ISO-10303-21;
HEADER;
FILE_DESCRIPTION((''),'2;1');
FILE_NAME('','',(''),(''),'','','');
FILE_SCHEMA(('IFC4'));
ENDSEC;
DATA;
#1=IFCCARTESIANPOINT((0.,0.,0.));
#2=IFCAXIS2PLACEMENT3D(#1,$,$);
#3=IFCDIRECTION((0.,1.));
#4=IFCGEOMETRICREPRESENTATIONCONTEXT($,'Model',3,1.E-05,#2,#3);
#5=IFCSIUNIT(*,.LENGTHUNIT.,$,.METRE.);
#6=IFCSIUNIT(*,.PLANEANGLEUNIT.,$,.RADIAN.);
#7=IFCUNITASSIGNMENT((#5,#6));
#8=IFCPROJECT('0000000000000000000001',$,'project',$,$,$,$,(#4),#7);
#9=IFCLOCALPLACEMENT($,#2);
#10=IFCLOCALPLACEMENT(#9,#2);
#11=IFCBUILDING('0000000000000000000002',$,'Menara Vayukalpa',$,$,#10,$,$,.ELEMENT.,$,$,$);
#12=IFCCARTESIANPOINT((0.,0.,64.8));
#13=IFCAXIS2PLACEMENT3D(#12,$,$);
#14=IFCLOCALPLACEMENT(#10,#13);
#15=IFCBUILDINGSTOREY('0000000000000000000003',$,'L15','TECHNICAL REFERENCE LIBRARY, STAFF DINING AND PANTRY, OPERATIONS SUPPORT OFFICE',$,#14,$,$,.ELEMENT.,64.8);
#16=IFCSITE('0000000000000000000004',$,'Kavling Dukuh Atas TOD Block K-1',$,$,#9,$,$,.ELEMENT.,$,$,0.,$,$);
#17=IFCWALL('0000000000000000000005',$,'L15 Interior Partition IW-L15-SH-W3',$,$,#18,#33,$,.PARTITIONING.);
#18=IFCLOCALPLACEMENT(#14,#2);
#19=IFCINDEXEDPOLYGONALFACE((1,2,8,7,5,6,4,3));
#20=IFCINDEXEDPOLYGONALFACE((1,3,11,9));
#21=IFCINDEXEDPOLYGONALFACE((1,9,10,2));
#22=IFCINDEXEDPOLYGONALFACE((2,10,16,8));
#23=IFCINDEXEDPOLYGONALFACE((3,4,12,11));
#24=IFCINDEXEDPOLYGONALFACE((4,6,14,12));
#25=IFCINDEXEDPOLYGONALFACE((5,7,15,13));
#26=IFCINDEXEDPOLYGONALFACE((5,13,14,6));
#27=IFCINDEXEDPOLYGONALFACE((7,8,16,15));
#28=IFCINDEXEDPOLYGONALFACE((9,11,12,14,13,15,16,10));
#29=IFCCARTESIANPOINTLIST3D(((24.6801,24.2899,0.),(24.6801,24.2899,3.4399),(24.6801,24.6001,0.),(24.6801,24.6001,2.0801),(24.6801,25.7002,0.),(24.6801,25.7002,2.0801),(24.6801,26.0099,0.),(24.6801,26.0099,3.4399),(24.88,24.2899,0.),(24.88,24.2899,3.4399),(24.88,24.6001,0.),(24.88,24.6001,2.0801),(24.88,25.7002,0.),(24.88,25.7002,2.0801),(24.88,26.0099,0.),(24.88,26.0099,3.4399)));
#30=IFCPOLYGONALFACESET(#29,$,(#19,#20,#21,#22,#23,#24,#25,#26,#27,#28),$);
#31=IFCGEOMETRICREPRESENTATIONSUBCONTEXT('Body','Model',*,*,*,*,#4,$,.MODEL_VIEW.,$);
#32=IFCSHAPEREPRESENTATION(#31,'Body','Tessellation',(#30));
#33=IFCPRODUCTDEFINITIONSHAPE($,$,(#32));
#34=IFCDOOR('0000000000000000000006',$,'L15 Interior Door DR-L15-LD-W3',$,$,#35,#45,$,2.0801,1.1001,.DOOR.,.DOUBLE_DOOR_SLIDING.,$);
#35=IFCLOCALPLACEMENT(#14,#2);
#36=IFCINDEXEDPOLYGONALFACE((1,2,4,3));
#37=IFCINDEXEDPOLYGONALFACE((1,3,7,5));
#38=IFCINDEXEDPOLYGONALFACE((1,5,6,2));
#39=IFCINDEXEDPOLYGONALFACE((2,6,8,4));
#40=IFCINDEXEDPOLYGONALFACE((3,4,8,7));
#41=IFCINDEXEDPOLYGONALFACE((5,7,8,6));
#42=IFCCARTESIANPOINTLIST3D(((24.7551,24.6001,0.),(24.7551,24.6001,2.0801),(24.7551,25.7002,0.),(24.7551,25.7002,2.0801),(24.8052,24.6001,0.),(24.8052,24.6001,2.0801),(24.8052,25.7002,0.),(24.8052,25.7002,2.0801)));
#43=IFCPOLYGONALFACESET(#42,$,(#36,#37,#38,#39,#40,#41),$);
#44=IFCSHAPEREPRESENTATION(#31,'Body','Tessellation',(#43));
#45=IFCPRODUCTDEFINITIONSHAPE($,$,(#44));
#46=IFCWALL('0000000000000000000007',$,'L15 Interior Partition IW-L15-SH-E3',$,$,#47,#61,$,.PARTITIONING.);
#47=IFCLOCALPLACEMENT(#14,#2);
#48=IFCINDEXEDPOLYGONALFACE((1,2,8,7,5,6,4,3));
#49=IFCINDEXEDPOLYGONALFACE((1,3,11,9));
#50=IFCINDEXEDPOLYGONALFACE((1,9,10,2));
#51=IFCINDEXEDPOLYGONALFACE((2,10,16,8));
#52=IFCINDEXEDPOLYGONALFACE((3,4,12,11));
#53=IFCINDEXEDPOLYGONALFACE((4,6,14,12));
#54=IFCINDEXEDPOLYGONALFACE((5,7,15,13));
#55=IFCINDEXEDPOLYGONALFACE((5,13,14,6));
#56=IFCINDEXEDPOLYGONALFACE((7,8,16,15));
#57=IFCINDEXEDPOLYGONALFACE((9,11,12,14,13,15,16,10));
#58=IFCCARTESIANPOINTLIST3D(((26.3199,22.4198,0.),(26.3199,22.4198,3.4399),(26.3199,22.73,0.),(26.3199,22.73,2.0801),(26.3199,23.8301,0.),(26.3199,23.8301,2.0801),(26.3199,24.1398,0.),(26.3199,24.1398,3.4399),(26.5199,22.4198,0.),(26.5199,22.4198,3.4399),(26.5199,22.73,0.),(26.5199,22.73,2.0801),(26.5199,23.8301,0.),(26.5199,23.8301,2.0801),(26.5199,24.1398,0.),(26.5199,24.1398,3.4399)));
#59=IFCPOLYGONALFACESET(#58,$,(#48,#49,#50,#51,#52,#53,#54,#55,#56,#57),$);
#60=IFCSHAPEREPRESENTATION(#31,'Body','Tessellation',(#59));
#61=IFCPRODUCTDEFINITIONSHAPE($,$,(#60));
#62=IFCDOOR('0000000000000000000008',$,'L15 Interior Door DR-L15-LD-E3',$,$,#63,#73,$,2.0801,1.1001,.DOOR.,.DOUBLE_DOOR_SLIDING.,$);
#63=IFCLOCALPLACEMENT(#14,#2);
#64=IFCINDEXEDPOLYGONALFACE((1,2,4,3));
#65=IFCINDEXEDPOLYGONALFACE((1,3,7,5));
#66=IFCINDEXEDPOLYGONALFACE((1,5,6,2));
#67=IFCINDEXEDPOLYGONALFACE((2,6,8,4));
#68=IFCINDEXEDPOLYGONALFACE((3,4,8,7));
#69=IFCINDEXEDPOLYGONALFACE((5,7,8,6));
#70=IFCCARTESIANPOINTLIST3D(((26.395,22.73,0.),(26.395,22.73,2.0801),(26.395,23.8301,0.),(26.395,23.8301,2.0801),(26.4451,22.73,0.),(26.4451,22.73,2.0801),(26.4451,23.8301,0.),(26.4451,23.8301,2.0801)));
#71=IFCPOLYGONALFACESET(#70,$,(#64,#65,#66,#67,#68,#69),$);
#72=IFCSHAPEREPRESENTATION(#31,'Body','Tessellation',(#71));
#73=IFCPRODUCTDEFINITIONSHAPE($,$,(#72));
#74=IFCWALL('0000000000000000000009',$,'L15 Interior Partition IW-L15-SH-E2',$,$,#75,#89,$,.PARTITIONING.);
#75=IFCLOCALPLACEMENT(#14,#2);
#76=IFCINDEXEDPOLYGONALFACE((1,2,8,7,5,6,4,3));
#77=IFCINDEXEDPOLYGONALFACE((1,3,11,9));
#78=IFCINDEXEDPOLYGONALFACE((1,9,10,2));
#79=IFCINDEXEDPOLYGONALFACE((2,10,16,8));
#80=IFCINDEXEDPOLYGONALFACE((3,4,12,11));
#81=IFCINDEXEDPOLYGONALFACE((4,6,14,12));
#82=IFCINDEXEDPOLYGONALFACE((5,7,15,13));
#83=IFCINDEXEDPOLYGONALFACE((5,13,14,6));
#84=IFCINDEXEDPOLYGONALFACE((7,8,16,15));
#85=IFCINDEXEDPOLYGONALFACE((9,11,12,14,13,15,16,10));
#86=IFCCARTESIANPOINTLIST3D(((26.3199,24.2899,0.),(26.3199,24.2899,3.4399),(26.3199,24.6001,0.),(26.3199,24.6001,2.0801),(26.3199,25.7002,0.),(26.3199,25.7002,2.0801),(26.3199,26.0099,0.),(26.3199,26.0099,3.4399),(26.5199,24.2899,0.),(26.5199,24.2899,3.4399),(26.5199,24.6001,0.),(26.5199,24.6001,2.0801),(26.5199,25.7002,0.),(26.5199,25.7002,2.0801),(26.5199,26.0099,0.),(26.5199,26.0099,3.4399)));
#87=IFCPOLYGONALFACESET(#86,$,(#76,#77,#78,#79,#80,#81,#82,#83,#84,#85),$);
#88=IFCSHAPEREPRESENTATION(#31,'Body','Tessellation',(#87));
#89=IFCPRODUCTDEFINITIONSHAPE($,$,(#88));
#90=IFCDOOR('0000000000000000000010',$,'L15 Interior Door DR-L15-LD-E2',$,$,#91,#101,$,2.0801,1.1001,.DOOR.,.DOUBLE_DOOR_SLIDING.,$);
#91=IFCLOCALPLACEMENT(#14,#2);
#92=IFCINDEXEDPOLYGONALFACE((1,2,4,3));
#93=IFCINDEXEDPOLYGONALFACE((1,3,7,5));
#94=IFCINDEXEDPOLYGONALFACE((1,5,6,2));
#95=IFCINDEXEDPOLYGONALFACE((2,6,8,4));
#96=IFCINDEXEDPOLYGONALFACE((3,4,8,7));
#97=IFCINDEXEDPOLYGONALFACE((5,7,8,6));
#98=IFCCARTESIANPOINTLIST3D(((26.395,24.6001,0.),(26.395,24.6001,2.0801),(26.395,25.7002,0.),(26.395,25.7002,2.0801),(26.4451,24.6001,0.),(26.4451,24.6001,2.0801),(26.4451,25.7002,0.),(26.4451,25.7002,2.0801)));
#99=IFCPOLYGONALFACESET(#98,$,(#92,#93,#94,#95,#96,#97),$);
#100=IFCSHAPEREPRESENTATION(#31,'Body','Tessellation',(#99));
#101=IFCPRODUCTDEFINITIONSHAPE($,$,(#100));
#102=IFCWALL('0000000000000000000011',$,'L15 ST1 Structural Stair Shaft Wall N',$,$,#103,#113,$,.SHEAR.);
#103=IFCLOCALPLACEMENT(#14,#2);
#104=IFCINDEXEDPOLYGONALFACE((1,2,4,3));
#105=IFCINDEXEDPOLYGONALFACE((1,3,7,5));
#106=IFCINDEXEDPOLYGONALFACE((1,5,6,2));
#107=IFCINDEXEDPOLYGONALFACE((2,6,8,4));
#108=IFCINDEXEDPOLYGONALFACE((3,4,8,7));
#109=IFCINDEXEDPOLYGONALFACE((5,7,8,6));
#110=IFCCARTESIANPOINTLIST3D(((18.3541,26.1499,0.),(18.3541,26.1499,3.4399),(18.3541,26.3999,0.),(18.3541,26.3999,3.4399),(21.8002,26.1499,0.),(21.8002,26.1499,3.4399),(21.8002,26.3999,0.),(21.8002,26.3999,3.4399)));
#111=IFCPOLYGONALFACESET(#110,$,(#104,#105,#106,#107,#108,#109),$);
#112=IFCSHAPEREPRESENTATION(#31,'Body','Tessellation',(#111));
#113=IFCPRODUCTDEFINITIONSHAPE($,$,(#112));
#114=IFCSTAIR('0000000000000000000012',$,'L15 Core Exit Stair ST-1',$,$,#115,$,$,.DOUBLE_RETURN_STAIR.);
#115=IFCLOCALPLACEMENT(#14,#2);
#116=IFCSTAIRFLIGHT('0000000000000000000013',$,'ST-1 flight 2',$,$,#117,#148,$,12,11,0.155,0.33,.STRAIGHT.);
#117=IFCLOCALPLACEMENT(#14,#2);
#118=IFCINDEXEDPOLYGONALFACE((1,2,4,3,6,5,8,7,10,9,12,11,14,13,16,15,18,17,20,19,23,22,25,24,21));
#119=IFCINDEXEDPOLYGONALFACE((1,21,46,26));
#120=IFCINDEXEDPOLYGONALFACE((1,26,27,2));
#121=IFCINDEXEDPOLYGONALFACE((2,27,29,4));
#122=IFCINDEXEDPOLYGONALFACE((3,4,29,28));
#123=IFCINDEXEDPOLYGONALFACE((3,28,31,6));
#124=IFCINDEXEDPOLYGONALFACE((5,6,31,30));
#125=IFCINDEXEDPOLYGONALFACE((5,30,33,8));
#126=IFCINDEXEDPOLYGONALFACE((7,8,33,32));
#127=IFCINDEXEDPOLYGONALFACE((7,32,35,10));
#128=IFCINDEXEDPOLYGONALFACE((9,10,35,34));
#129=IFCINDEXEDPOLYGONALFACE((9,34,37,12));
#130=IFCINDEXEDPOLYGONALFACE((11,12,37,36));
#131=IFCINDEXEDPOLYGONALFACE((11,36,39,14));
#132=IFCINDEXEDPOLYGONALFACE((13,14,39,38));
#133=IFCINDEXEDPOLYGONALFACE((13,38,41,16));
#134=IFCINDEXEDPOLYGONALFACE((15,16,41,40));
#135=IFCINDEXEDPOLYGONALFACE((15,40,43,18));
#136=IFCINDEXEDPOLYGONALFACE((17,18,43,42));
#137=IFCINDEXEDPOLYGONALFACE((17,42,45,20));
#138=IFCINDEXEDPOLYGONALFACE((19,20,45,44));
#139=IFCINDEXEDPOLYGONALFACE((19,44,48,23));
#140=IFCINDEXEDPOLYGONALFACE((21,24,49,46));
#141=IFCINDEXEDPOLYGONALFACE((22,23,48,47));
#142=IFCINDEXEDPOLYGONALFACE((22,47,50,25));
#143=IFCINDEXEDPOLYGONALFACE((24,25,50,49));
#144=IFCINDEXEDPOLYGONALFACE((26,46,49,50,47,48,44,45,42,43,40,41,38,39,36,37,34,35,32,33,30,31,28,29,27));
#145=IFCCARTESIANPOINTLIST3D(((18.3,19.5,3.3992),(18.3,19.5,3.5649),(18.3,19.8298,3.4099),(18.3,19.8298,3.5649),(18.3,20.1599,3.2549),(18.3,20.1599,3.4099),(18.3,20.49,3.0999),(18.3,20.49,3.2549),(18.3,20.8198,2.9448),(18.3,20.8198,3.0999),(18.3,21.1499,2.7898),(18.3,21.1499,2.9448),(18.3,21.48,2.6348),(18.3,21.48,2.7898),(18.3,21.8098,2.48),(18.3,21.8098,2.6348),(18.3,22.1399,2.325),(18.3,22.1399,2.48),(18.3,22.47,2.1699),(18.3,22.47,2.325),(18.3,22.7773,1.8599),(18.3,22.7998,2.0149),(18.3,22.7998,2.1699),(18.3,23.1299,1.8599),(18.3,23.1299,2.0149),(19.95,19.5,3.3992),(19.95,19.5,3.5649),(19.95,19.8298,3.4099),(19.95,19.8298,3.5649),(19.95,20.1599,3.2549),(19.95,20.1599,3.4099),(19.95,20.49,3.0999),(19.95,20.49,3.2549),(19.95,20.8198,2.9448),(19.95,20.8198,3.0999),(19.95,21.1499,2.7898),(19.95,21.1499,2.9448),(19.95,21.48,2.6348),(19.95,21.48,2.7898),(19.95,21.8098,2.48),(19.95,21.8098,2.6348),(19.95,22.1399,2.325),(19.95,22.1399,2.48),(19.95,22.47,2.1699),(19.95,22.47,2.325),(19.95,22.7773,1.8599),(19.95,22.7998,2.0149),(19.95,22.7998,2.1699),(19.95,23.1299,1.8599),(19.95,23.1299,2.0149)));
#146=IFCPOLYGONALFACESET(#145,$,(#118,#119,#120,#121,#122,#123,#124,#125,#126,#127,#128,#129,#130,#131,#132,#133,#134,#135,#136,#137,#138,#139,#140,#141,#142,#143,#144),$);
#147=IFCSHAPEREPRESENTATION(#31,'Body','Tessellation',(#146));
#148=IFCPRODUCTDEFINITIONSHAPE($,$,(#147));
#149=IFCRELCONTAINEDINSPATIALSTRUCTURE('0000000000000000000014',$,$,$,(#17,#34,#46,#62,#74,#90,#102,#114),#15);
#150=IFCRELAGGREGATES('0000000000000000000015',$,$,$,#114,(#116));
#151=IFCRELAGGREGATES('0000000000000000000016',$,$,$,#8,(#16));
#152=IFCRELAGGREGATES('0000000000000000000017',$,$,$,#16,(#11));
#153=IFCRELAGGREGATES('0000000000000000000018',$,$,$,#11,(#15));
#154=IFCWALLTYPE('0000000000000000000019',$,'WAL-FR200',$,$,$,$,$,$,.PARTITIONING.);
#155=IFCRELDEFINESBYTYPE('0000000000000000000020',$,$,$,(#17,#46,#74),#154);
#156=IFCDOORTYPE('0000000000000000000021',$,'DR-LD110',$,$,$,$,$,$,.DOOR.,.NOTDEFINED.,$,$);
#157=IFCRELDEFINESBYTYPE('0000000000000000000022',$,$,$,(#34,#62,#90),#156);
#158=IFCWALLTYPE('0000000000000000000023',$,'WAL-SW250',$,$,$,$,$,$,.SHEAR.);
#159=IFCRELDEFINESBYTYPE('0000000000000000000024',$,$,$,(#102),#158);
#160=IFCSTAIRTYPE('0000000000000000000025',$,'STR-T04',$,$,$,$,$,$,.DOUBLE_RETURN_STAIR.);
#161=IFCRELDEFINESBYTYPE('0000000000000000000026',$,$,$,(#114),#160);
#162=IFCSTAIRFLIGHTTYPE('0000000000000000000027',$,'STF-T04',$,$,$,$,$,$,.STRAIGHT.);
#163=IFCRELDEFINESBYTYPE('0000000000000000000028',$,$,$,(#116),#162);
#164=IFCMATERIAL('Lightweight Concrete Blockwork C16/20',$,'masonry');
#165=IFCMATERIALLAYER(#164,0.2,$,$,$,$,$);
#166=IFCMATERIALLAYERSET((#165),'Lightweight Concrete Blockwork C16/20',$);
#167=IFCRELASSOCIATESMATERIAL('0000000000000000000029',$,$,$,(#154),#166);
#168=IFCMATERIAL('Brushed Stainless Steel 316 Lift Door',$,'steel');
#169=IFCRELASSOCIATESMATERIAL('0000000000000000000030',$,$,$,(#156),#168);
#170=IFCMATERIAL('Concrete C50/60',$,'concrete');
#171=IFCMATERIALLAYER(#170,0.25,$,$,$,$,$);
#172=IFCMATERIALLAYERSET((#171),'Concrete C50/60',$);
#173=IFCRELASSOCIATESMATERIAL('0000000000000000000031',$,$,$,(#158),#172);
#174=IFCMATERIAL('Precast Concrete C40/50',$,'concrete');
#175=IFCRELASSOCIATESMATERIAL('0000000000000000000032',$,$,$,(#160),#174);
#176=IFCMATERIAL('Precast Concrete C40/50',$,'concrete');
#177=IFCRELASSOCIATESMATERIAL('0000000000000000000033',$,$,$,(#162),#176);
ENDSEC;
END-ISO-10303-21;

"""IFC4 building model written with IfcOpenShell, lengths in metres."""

from ifc_helpers import new_model, si_unit, direction, frame, frame_2d, origin, place, context, subcontext, project, spatial, polyline, rectangle, outline, extrude, material, layer, layer_set, type_object, element, fill, aggregate, save


model = new_model("IFC4")

# Units and contexts
model_context = context("Model", 3, precision=1e-05, world=origin(), true_north=direction((0.0, 1.0)))
body_context = subcontext(model_context, "Body", "Model", "MODEL_VIEW")
ifc_project = project(units=[si_unit("LENGTHUNIT", "METRE"), si_unit("PLANEANGLEUNIT", "RADIAN")], contexts=[model_context])

# Site, building, storey
site_placement = place(None, origin())
site = spatial("IfcSite", under=ifc_project, at=site_placement, Name="Kavling Dukuh Atas TOD Block K-1", CompositionType="ELEMENT", RefElevation=0.0)
building_placement = place(site_placement, origin())
building = spatial("IfcBuilding", under=site, at=building_placement, Name="Menara Vayukalpa", CompositionType="ELEMENT")
storey_placement = place(building_placement, frame((0.0, 0.0, 64.8)))
storey = spatial("IfcBuildingStorey", under=building, at=storey_placement, Name="L15", Description="TECHNICAL REFERENCE LIBRARY, STAFF DINING AND PANTRY, OPERATIONS SUPPORT OFFICE", CompositionType="ELEMENT", Elevation=64.8)

# Walls, openings, doors
ifc_material_1 = material(Name="Lightweight Concrete Blockwork C16/20", Category="masonry")
ifc_layer_1 = layer(ifc_material_1, 0.2)
ifc_layer_set_1 = layer_set([ifc_layer_1], Name="Lightweight Concrete Blockwork C16/20")
wall_type_1 = type_object("IfcWallType", Name="WAL-FR200", PredefinedType="PARTITIONING", material=ifc_layer_set_1)
ifc_material_2 = material(Name="Brushed Stainless Steel 316 Lift Door", Category="steel")
door_type = type_object("IfcDoorType", Name="DR-LD110", OperationType="NOTDEFINED", PredefinedType="DOOR", material=ifc_material_2)
wall_1_placement = place(storey_placement, frame((24.78, 24.29, 0.0), z_axis=(0.0, 0.0, 1.0), x_axis=(0.0, 1.0, 0.0)))
wall_1 = element("IfcWall", 1, at=wall_1_placement, inside=storey, type_object=wall_type_1, Name="L15 Interior Partition IW-L15-SH-W3", PredefinedType="PARTITIONING", context=body_context, shape_type="SweptSolid", body=[
    extrude(rectangle(XDim=1.72, YDim=0.2, at=frame_2d((0.8599, 0.0))), origin(), (0.0, 0.0, 1.0), 3.4399),
])
opening_1_placement = place(wall_1_placement, frame((0.3101, 0.0, 0.0)))
opening_1 = element("IfcOpeningElement", 2, at=opening_1_placement, cuts=wall_1, PredefinedType="OPENING", context=body_context, shape_type="SweptSolid", body=[
    extrude(rectangle(XDim=1.1001, YDim=2.0801, at=frame_2d((0.55, 1.04))), frame((0.0, 0.1099, 0.0), z_axis=(0.0, -1.0, 0.0), x_axis=(1.0, 0.0, 0.0)), (0.0, 0.0, 1.0), 0.22),
])
door_1_placement = place(opening_1_placement, origin())
door_1 = element("IfcDoor", 3, at=door_1_placement, inside=storey, type_object=door_type, Name="L15 Interior Door DR-L15-LD-W3", OperationType="DOUBLE_DOOR_SLIDING", OverallHeight=2.0801, OverallWidth=1.1001, PredefinedType="DOOR", context=body_context, shape_type="SweptSolid", body=[
    extrude(rectangle(XDim=1.1001, YDim=2.0801, at=frame_2d((0.55, 1.04))), frame((0.0, 0.0249, 0.0), z_axis=(0.0, -1.0, 0.0), x_axis=(1.0, 0.0, 0.0)), (0.0, 0.0, 1.0), 0.05),
])
fill(opening_1, door_1)
wall_2_placement = place(storey_placement, frame((26.4199, 22.4199, 0.0), z_axis=(0.0, 0.0, 1.0), x_axis=(0.0, 1.0, 0.0)))
wall_2 = element("IfcWall", 4, at=wall_2_placement, inside=storey, type_object=wall_type_1, Name="L15 Interior Partition IW-L15-SH-E3", PredefinedType="PARTITIONING", context=body_context, shape_type="SweptSolid", body=[
    extrude(rectangle(XDim=1.72, YDim=0.2, at=frame_2d((0.8599, 0.0))), origin(), (0.0, 0.0, 1.0), 3.4399),
])
opening_2_placement = place(wall_2_placement, frame((0.3101, 0.0, 0.0)))
opening_2 = element("IfcOpeningElement", 5, at=opening_2_placement, cuts=wall_2, PredefinedType="OPENING", context=body_context, shape_type="SweptSolid", body=[
    extrude(rectangle(XDim=1.1001, YDim=2.0801, at=frame_2d((0.55, 1.04))), frame((0.0, 0.1099, 0.0), z_axis=(0.0, -1.0, 0.0), x_axis=(1.0, 0.0, 0.0)), (0.0, 0.0, 1.0), 0.22),
])
door_2_placement = place(opening_2_placement, origin())
door_2 = element("IfcDoor", 6, at=door_2_placement, inside=storey, type_object=door_type, Name="L15 Interior Door DR-L15-LD-E3", OperationType="DOUBLE_DOOR_SLIDING", OverallHeight=2.0801, OverallWidth=1.1001, PredefinedType="DOOR", context=body_context, shape_type="SweptSolid", body=[
    extrude(rectangle(XDim=1.1001, YDim=2.0801, at=frame_2d((0.55, 1.04))), frame((0.0, 0.0249, 0.0), z_axis=(0.0, -1.0, 0.0), x_axis=(1.0, 0.0, 0.0)), (0.0, 0.0, 1.0), 0.05),
])
fill(opening_2, door_2)
wall_3_placement = place(storey_placement, frame((26.4199, 24.29, 0.0), z_axis=(0.0, 0.0, 1.0), x_axis=(0.0, 1.0, 0.0)))
wall_3 = element("IfcWall", 7, at=wall_3_placement, inside=storey, type_object=wall_type_1, Name="L15 Interior Partition IW-L15-SH-E2", PredefinedType="PARTITIONING", context=body_context, shape_type="SweptSolid", body=[
    extrude(rectangle(XDim=1.72, YDim=0.2, at=frame_2d((0.8599, 0.0))), origin(), (0.0, 0.0, 1.0), 3.4399),
])
opening_3_placement = place(wall_3_placement, frame((0.3101, 0.0, 0.0)))
opening_3 = element("IfcOpeningElement", 8, at=opening_3_placement, cuts=wall_3, PredefinedType="OPENING", context=body_context, shape_type="SweptSolid", body=[
    extrude(rectangle(XDim=1.1001, YDim=2.0801, at=frame_2d((0.55, 1.04))), frame((0.0, 0.1099, 0.0), z_axis=(0.0, -1.0, 0.0), x_axis=(1.0, 0.0, 0.0)), (0.0, 0.0, 1.0), 0.22),
])
door_3_placement = place(opening_3_placement, origin())
door_3 = element("IfcDoor", 9, at=door_3_placement, inside=storey, type_object=door_type, Name="L15 Interior Door DR-L15-LD-E2", OperationType="DOUBLE_DOOR_SLIDING", OverallHeight=2.0801, OverallWidth=1.1001, PredefinedType="DOOR", context=body_context, shape_type="SweptSolid", body=[
    extrude(rectangle(XDim=1.1001, YDim=2.0801, at=frame_2d((0.55, 1.04))), frame((0.0, 0.0249, 0.0), z_axis=(0.0, -1.0, 0.0), x_axis=(1.0, 0.0, 0.0)), (0.0, 0.0, 1.0), 0.05),
])
fill(opening_3, door_3)

# Wall
ifc_material_3 = material(Name="Concrete C50/60", Category="concrete")
ifc_layer_2 = layer(ifc_material_3, 0.25)
ifc_layer_set_2 = layer_set([ifc_layer_2], Name="Concrete C50/60")
wall_type_2 = type_object("IfcWallType", Name="WAL-SW250", PredefinedType="SHEAR", material=ifc_layer_set_2)
wall_4_placement = place(storey_placement, frame((18.354, 26.2749, 0.0), z_axis=(0.0, 0.0, 1.0), x_axis=(1.0, 0.0, 0.0)))
element("IfcWall", 10, at=wall_4_placement, inside=storey, type_object=wall_type_2, Name="L15 ST1 Structural Stair Shaft Wall N", PredefinedType="SHEAR", context=body_context, shape_type="SweptSolid", body=[
    extrude(rectangle(XDim=3.446, YDim=0.25, at=frame_2d((1.7231, 0.0))), origin(), (0.0, 0.0, 1.0), 3.4399),
])

# Stair, stair flight
ifc_material_4 = material(Name="Precast Concrete C40/50", Category="concrete")
stair_type = type_object("IfcStairType", Name="STR-T04", PredefinedType="DOUBLE_RETURN_STAIR", material=ifc_material_4)
stair_placement = place(storey_placement, origin())
stair = element("IfcStair", 11, at=stair_placement, inside=storey, type_object=stair_type, Name="L15 Core Exit Stair ST-1", PredefinedType="DOUBLE_RETURN_STAIR")
ifc_material_5 = material(Name="Precast Concrete C40/50", Category="concrete")
stair_flight_type = type_object("IfcStairFlightType", Name="STF-T04", PredefinedType="STRAIGHT", material=ifc_material_5)
stair_flight_placement = place(storey_placement, frame((19.125, 23.1299, 1.8599), z_axis=(0.0, 0.0, 1.0), x_axis=(0.0, -1.0, 0.0)))
stair_flight = element("IfcStairFlight", 12, at=stair_flight_placement, type_object=stair_flight_type, Name="ST-1 flight 2", NumberOfRisers=12, NumberOfTreads=11, PredefinedType="STRAIGHT", RiserHeight=0.155, TreadLength=0.33, context=body_context, shape_type="SweptSolid", body=[
    extrude(outline(polyline([(0.0, 0.0), (0.0, 0.155), (0.3301, 0.155), (0.3301, 0.3101), (0.6599, 0.3101), (0.6599, 0.4651), (0.99, 0.4651), (0.99, 0.6201), (1.3201, 0.6201), (1.3201, 0.7749), (1.6499, 0.7749), (1.6499, 0.9299), (1.98, 0.9299), (1.98, 1.085), (2.3101, 1.085), (2.3101, 1.24), (2.6399, 1.24), (2.6399, 1.395), (2.97, 1.395), (2.97, 1.55), (3.3, 1.55), (3.3, 1.7051), (3.6299, 1.7051), (3.6299, 1.8601), (3.6299, 1.5393), (0.3525, 0.0), (0.0, 0.0)])), frame((0.0, 0.825, 0.0), z_axis=(0.0, -1.0, 0.0), x_axis=(1.0, 0.0, 0.0)), (0.0, 0.0, 1.0), 1.6499),
])
aggregate(stair, [stair_flight])

save(model, "model.ifc")
